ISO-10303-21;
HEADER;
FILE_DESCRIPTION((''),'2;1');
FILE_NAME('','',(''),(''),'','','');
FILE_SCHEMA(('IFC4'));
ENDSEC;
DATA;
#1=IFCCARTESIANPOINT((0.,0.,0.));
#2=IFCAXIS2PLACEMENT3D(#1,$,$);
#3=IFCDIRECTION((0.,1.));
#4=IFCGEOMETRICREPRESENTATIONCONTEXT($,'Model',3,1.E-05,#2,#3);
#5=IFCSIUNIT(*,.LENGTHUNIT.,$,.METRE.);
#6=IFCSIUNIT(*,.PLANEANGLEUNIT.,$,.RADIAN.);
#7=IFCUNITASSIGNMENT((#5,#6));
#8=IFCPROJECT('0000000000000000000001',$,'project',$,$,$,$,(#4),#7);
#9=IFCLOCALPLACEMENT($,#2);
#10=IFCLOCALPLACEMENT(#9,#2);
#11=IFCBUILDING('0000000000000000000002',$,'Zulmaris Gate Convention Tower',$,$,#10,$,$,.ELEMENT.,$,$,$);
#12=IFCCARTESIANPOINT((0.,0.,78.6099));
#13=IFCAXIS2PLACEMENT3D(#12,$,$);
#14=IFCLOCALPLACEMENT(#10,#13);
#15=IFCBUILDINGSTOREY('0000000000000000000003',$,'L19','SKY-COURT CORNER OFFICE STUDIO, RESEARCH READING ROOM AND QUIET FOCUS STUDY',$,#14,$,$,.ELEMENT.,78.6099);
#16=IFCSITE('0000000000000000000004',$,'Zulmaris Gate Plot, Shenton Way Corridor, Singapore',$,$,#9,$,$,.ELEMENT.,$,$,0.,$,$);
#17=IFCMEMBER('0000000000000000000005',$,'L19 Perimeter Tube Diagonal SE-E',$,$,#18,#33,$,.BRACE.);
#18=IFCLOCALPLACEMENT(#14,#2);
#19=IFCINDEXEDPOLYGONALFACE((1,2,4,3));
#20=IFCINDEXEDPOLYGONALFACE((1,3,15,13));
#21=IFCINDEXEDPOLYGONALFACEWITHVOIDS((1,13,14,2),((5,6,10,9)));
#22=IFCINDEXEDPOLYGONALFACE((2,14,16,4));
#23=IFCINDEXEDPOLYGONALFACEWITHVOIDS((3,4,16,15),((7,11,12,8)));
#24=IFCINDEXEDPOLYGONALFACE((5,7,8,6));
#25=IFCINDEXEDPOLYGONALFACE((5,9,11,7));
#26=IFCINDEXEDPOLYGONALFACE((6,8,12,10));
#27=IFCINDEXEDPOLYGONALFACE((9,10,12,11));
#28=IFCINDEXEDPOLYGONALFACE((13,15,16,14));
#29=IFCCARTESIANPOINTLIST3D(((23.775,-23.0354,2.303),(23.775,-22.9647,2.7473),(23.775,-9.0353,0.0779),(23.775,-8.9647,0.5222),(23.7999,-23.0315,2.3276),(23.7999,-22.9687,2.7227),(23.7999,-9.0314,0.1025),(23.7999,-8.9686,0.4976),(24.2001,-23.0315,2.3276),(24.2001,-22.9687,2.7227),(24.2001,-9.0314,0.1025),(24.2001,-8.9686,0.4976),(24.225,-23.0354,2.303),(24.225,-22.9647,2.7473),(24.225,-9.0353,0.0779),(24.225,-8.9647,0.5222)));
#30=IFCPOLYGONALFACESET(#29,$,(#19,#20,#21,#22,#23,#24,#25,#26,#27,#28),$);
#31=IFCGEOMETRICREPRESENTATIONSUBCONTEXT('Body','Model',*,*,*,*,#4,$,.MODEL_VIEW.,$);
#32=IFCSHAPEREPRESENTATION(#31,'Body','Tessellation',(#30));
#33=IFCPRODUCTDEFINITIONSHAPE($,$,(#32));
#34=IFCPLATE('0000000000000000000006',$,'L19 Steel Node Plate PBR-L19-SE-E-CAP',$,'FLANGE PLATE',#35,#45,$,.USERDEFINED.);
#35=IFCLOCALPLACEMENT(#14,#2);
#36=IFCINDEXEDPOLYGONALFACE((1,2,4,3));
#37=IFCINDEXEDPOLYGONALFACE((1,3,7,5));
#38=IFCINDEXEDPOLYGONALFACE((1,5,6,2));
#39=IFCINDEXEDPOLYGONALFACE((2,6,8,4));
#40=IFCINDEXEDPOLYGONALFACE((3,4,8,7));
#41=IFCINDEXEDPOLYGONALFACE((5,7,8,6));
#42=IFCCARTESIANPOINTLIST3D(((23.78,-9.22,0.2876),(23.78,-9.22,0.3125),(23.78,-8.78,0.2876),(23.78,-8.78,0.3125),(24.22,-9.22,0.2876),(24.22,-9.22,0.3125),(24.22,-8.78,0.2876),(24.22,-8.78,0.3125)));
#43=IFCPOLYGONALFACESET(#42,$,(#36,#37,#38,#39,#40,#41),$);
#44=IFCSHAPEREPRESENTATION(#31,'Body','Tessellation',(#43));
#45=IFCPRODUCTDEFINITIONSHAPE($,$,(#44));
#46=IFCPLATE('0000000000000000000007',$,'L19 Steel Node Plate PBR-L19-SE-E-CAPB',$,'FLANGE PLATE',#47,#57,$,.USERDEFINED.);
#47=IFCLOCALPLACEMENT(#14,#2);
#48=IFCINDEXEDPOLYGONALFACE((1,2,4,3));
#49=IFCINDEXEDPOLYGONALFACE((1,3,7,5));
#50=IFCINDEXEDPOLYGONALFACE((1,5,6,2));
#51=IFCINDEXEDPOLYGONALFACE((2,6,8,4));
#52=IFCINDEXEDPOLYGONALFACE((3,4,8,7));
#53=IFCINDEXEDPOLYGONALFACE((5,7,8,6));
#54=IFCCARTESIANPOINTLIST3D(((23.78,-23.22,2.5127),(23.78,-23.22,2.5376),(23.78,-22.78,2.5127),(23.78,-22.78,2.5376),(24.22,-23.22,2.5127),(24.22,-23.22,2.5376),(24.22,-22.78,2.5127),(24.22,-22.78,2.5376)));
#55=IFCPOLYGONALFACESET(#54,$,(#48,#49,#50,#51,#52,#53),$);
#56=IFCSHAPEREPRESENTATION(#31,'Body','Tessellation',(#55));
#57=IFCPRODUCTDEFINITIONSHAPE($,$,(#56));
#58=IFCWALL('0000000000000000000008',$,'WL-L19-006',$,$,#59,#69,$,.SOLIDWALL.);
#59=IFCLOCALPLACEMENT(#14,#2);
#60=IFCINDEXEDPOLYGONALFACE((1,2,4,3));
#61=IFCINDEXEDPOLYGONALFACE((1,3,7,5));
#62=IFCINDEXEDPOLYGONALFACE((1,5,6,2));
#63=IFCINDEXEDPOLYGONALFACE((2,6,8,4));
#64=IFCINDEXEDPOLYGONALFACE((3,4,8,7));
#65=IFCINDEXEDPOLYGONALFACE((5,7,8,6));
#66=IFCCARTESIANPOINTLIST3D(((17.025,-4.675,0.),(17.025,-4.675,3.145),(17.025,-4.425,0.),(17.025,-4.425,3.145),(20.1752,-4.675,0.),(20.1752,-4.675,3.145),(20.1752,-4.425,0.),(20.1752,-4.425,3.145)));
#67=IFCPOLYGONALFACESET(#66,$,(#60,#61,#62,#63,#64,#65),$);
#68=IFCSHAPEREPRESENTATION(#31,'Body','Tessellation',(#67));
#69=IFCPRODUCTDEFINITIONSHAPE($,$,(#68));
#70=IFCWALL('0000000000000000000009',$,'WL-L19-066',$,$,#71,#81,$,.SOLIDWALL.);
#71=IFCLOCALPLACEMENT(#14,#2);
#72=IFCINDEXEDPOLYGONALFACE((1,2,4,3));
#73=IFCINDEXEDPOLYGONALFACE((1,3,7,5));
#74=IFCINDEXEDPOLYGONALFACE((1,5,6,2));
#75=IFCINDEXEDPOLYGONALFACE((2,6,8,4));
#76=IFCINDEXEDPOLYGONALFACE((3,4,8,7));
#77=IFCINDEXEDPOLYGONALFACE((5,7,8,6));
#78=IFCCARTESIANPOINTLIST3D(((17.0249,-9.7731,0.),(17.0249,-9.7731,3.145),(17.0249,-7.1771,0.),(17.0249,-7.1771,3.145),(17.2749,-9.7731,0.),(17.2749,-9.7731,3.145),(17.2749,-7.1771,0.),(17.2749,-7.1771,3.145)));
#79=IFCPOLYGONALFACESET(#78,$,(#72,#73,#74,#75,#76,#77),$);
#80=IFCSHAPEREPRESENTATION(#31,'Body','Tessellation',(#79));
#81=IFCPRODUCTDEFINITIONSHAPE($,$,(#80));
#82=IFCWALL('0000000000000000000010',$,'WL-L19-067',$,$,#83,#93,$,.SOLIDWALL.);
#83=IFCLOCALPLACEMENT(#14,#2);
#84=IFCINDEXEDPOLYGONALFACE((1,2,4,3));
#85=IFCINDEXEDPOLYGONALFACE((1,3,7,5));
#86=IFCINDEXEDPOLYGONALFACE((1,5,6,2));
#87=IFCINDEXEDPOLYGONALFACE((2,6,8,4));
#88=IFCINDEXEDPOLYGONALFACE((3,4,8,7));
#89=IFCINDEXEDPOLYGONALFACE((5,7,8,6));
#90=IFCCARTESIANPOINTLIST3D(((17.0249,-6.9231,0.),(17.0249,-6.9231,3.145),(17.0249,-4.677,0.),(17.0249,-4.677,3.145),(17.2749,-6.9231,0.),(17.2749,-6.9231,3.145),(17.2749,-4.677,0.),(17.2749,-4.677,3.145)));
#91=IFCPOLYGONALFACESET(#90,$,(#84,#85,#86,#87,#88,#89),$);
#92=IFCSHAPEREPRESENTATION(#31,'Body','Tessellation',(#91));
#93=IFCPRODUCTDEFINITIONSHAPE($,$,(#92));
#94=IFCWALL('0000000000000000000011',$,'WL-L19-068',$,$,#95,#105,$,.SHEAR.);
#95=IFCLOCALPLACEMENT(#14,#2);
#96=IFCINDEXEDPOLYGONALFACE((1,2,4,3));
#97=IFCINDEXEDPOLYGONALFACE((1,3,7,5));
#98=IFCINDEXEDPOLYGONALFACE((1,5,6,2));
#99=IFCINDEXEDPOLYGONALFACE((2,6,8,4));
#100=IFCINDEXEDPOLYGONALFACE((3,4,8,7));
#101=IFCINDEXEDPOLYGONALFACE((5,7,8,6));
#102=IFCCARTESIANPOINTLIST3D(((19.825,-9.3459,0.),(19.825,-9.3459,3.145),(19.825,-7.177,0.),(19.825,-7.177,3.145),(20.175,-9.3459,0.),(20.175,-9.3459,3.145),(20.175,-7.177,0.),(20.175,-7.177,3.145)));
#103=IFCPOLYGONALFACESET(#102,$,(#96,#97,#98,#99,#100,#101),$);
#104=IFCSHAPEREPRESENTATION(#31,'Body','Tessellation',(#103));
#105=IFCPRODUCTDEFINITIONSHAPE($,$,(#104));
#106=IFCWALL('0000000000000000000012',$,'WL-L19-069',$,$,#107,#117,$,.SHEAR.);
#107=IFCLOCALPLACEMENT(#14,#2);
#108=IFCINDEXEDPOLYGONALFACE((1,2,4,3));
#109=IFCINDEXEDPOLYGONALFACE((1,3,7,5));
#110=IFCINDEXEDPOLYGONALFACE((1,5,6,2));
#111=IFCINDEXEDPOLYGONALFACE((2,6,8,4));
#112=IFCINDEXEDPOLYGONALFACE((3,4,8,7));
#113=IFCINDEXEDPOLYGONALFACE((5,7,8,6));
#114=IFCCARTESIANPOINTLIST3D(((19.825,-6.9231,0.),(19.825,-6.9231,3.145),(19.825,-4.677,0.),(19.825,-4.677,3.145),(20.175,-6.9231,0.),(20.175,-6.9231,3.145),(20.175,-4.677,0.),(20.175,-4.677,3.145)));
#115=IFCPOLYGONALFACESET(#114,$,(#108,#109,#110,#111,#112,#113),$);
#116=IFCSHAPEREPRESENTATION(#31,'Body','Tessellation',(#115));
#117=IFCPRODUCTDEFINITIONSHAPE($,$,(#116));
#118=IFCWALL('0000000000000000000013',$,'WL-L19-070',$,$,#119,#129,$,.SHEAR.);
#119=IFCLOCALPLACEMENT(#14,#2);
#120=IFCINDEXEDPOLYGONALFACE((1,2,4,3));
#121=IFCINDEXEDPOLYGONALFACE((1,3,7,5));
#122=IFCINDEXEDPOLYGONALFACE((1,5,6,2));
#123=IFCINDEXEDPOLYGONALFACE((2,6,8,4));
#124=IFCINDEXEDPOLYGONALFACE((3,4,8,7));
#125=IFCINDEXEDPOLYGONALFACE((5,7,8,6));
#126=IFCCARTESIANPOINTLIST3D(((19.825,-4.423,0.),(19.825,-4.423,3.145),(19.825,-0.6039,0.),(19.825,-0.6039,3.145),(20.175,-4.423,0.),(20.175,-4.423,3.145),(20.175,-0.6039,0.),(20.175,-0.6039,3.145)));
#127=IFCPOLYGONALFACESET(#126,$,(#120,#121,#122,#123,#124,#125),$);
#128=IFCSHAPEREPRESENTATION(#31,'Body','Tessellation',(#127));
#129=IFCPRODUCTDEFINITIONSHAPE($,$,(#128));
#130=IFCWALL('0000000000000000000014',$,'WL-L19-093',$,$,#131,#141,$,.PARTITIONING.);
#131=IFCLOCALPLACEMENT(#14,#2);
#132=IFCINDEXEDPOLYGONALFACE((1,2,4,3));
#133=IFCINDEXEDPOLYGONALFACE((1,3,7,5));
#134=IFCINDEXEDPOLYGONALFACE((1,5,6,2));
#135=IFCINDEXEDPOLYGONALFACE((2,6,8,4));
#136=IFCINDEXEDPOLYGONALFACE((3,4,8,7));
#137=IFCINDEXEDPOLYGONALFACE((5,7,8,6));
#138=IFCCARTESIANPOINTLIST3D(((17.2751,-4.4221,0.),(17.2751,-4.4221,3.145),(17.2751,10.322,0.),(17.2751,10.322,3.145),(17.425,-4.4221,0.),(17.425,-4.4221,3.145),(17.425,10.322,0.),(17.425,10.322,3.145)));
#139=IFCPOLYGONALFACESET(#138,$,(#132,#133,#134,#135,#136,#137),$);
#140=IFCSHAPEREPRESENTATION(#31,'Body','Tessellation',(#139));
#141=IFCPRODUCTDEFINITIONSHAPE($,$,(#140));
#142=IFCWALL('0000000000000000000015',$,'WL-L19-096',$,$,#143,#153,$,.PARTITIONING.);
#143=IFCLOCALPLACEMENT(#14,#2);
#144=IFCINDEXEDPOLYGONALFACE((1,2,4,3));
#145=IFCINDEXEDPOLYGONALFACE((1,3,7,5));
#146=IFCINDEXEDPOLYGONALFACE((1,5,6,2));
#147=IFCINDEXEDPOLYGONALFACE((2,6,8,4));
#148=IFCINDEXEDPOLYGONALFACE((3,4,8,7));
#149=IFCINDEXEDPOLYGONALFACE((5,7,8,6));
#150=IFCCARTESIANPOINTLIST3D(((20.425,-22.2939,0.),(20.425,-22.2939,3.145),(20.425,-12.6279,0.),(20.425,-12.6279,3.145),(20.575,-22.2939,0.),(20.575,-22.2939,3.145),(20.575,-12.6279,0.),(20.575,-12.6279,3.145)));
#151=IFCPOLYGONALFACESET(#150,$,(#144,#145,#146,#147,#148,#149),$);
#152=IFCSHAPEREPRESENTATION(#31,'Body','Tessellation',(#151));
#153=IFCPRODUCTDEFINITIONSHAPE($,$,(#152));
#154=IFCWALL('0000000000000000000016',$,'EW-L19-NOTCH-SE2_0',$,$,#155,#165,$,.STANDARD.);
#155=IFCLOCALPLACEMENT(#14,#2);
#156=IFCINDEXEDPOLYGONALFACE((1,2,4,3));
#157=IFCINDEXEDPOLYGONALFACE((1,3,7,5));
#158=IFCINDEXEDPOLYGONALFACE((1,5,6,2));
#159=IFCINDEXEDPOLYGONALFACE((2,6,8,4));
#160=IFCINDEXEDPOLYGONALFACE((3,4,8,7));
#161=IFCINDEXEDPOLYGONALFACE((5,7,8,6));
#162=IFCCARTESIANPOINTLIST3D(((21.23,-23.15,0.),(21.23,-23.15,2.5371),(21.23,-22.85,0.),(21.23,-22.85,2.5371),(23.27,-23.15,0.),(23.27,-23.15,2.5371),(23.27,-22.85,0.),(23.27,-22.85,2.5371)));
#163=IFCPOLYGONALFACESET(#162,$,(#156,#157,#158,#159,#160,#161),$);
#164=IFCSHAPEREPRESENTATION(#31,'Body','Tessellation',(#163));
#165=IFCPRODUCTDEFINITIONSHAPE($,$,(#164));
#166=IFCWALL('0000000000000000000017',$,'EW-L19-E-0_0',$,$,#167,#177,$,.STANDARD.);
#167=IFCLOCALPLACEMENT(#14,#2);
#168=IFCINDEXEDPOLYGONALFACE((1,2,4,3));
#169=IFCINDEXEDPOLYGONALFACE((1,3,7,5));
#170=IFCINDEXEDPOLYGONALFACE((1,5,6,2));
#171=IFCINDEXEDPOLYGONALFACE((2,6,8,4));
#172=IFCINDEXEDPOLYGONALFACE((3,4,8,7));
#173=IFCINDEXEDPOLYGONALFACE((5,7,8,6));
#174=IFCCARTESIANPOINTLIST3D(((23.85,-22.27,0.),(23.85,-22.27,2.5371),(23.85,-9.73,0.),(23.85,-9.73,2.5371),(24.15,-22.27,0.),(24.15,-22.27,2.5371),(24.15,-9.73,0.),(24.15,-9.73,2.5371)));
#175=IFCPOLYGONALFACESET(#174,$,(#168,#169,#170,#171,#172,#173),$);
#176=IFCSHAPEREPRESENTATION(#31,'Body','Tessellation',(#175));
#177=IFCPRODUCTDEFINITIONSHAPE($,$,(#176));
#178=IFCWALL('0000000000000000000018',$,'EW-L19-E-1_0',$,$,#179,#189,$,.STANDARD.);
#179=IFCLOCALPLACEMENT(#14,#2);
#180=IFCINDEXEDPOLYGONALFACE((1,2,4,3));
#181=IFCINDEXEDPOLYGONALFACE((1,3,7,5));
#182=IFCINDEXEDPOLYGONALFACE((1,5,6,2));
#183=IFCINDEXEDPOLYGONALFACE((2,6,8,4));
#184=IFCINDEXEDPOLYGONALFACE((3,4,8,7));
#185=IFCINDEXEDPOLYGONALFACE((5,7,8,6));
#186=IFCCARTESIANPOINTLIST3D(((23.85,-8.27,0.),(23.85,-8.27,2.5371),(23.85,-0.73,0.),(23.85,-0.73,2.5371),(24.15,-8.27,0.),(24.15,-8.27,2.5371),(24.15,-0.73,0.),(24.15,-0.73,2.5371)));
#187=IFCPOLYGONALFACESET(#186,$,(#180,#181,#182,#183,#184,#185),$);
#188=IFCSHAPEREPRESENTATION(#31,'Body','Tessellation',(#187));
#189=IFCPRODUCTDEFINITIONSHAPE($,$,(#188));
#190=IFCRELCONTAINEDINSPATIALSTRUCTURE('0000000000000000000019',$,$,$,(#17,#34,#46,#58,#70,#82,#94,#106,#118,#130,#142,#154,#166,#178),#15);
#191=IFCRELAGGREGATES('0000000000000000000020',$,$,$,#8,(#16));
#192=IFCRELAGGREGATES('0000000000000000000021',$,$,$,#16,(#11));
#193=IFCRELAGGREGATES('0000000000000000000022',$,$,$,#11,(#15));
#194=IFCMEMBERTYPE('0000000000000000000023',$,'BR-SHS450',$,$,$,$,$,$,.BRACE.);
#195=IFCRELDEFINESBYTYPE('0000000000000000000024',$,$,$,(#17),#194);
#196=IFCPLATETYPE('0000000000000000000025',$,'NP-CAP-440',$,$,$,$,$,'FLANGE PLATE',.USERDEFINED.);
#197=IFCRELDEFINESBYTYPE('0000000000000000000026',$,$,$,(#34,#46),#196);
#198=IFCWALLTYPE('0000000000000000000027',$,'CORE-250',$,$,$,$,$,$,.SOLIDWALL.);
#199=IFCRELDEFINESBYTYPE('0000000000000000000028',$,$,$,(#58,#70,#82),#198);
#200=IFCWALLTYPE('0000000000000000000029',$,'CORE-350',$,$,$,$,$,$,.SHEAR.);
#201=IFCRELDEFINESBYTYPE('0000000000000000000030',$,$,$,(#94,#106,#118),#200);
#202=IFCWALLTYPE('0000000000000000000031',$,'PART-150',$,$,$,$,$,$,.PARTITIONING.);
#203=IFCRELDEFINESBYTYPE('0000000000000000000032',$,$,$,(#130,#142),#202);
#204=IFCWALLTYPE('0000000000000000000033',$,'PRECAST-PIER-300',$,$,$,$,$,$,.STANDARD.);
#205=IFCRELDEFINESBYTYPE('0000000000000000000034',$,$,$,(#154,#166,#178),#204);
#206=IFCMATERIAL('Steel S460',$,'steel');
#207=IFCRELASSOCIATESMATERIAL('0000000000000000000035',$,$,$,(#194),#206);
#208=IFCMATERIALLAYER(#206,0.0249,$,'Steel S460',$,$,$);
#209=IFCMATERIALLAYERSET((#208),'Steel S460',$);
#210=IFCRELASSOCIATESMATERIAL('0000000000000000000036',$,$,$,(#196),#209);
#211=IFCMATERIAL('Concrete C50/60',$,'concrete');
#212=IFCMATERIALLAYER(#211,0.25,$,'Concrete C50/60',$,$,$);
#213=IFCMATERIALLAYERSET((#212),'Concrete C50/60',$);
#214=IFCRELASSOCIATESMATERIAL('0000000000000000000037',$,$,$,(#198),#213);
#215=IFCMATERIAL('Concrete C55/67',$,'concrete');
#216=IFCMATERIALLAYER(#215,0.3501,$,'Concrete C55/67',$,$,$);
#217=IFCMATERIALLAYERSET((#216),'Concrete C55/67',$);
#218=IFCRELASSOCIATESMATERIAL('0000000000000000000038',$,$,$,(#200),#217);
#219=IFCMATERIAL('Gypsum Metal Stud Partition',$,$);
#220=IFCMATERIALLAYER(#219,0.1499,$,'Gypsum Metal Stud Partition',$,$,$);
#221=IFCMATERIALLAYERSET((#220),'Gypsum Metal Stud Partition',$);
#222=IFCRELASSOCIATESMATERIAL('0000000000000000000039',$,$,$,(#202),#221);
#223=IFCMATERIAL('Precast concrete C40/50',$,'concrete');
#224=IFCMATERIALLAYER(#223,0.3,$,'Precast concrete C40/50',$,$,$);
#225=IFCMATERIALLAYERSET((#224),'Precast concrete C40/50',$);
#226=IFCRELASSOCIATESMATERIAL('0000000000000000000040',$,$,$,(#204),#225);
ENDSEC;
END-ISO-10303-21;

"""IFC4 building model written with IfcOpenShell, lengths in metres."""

from ifc_helpers import new_model, si_unit, direction, frame, frame_2d, origin, origin_2d, place, context, subcontext, project, spatial, rectangle, hollow_rectangle, extrude, material, layer, layer_set, material_profile, profile_set, type_object, element, save


model = new_model("IFC4")

# Units and contexts
model_context = context("Model", 3, precision=1e-05, world=origin(), true_north=direction((0.0, 1.0)))
body_context = subcontext(model_context, "Body", "Model", "MODEL_VIEW")
ifc_project = project(units=[si_unit("LENGTHUNIT", "METRE"), si_unit("PLANEANGLEUNIT", "RADIAN")], contexts=[model_context])

# Site, building, storey
site_placement = place(None, origin())
site = spatial("IfcSite", under=ifc_project, at=site_placement, Name="Zulmaris Gate Plot, Shenton Way Corridor, Singapore", CompositionType="ELEMENT", RefElevation=0.0)
building_placement = place(site_placement, origin())
building = spatial("IfcBuilding", under=site, at=building_placement, Name="Zulmaris Gate Convention Tower", CompositionType="ELEMENT")
storey_placement = place(building_placement, frame((0.0, 0.0, 78.6099)))
storey = spatial("IfcBuildingStorey", under=building, at=storey_placement, Name="L19", Description="SKY-COURT CORNER OFFICE STUDIO, RESEARCH READING ROOM AND QUIET FOCUS STUDY", CompositionType="ELEMENT", Elevation=78.6099)

# Member
ifc_material_1 = material(Name="Steel S460", Category="steel")
ifc_material_profile_1 = material_profile(ifc_material_1, hollow_rectangle(XDim=0.45, YDim=0.45, WallThickness=0.0249, at=origin_2d()), Name="SHS 450x450x25")
ifc_profile_set_1 = profile_set([ifc_material_profile_1], Name="Steel S460")
member_type = type_object("IfcMemberType", Name="BR-SHS450", PredefinedType="BRACE", material=ifc_profile_set_1)
member_placement = place(storey_placement, frame((24.0, -9.0, 0.3), z_axis=(0.0, -0.987604, 0.156965), x_axis=(1.0, 0.0, 0.0)))
element("IfcMember", 1, at=member_placement, inside=storey, type_object=member_type, Name="L19 Perimeter Tube Diagonal SE-E", PredefinedType="BRACE", context=body_context, shape_type="SweptSolid", body=[
    extrude(hollow_rectangle(XDim=0.45, YDim=0.45, WallThickness=0.0249, at=origin_2d()), origin(), (0.0, 0.0, 1.0), 14.1758),
])

# Plates
ifc_layer_1 = layer(ifc_material_1, 0.0249, Name="Steel S460")
ifc_layer_set_1 = layer_set([ifc_layer_1], Name="Steel S460")
plate_type = type_object("IfcPlateType", Name="NP-CAP-440", ElementType="FLANGE PLATE", PredefinedType="USERDEFINED", material=ifc_layer_set_1)
for number, where, z_axis, x_axis, name in (
    (2, (24.0, -9.0, 0.2876), (0.0, 0.0, 1.0), (1.0, 0.0, 0.0), "L19 Steel Node Plate PBR-L19-SE-E-CAP"),
    (3, (24.0, -23.0, 2.5127), (0.0, 0.0, 1.0), (1.0, 0.0, 0.0), "L19 Steel Node Plate PBR-L19-SE-E-CAPB"),
):
    element("IfcPlate", number, at=place(storey_placement, frame(where, z_axis=z_axis, x_axis=x_axis)), inside=storey, type_object=plate_type, Name=name, ObjectType="FLANGE PLATE", PredefinedType="USERDEFINED", context=body_context, shape_type="SweptSolid", body=[
        extrude(rectangle(XDim=0.4399, YDim=0.4399, at=origin_2d()), origin(), (0.0, 0.0, 1.0), 0.0249),
    ])

# Walls
ifc_material_2 = material(Name="Concrete C50/60", Category="concrete")
ifc_layer_2 = layer(ifc_material_2, 0.25, Name="Concrete C50/60")
ifc_layer_set_2 = layer_set([ifc_layer_2], Name="Concrete C50/60")
wall_type_1 = type_object("IfcWallType", Name="CORE-250", PredefinedType="SOLIDWALL", material=ifc_layer_set_2)
wall_1_placement = place(storey_placement, frame((17.0249, -4.55, 0.0), z_axis=(0.0, 0.0, 1.0), x_axis=(1.0, 0.0, 0.0)))
element("IfcWall", 4, at=wall_1_placement, inside=storey, type_object=wall_type_1, Name="WL-L19-006", PredefinedType="SOLIDWALL", context=body_context, shape_type="SweptSolid", body=[
    extrude(rectangle(XDim=3.1501, YDim=0.25, at=frame_2d((1.5752, 0.0))), origin(), (0.0, 0.0, 1.0), 3.145),
])
wall_2_placement = place(storey_placement, frame((17.1499, -9.7729, 0.0), z_axis=(0.0, 0.0, 1.0), x_axis=(0.0, 1.0, 0.0)))
element("IfcWall", 5, at=wall_2_placement, inside=storey, type_object=wall_type_1, Name="WL-L19-066", PredefinedType="SOLIDWALL", context=body_context, shape_type="SweptSolid", body=[
    extrude(rectangle(XDim=2.5959, YDim=0.25, at=frame_2d((1.2979, 0.0))), origin(), (0.0, 0.0, 1.0), 3.145),
])
wall_3_placement = place(storey_placement, frame((17.1499, -6.9231, 0.0), z_axis=(0.0, 0.0, 1.0), x_axis=(0.0, 1.0, 0.0)))
element("IfcWall", 6, at=wall_3_placement, inside=storey, type_object=wall_type_1, Name="WL-L19-067", PredefinedType="SOLIDWALL", context=body_context, shape_type="SweptSolid", body=[
    extrude(rectangle(XDim=2.2461, YDim=0.25, at=frame_2d((1.123, 0.0))), origin(), (0.0, 0.0, 1.0), 3.145),
])
ifc_material_3 = material(Name="Concrete C55/67", Category="concrete")
ifc_layer_3 = layer(ifc_material_3, 0.3501, Name="Concrete C55/67")
ifc_layer_set_3 = layer_set([ifc_layer_3], Name="Concrete C55/67")
wall_type_2 = type_object("IfcWallType", Name="CORE-350", PredefinedType="SHEAR", material=ifc_layer_set_3)
wall_4_placement = place(storey_placement, frame((20.0, -9.3459, 0.0), z_axis=(0.0, 0.0, 1.0), x_axis=(0.0, 1.0, 0.0)))
element("IfcWall", 7, at=wall_4_placement, inside=storey, type_object=wall_type_2, Name="WL-L19-068", PredefinedType="SHEAR", context=body_context, shape_type="SweptSolid", body=[
    extrude(rectangle(XDim=2.1689, YDim=0.3501, at=frame_2d((1.0845, 0.0))), origin(), (0.0, 0.0, 1.0), 3.145),
])
wall_5_placement = place(storey_placement, frame((20.0, -6.9231, 0.0), z_axis=(0.0, 0.0, 1.0), x_axis=(0.0, 1.0, 0.0)))
element("IfcWall", 8, at=wall_5_placement, inside=storey, type_object=wall_type_2, Name="WL-L19-069", PredefinedType="SHEAR", context=body_context, shape_type="SweptSolid", body=[
    extrude(rectangle(XDim=2.2461, YDim=0.3501, at=frame_2d((1.123, 0.0))), origin(), (0.0, 0.0, 1.0), 3.145),
])
wall_6_placement = place(storey_placement, frame((20.0, -4.4231, 0.0), z_axis=(0.0, 0.0, 1.0), x_axis=(0.0, 1.0, 0.0)))
element("IfcWall", 9, at=wall_6_placement, inside=storey, type_object=wall_type_2, Name="WL-L19-070", PredefinedType="SHEAR", context=body_context, shape_type="SweptSolid", body=[
    extrude(rectangle(XDim=3.8191, YDim=0.3501, at=frame_2d((1.9097, 0.0))), origin(), (0.0, 0.0, 1.0), 3.145),
])

# Shared definitions
ifc_material_4 = material(Name="Gypsum Metal Stud Partition")
ifc_layer_4 = layer(ifc_material_4, 0.1499, Name="Gypsum Metal Stud Partition")
ifc_layer_set_4 = layer_set([ifc_layer_4], Name="Gypsum Metal Stud Partition")
wall_type_3 = type_object("IfcWallType", Name="PART-150", PredefinedType="PARTITIONING", material=ifc_layer_set_4)

# Wall
wall_7_placement = place(storey_placement, frame((17.3501, -4.4221, 0.0), z_axis=(0.0, 0.0, 1.0), x_axis=(0.0, 1.0, 0.0)))
element("IfcWall", 10, at=wall_7_placement, inside=storey, type_object=wall_type_3, Name="WL-L19-093", PredefinedType="PARTITIONING", context=body_context, shape_type="SweptSolid", body=[
    extrude(rectangle(XDim=14.7441, YDim=0.1499, at=frame_2d((7.3721, 0.0))), origin(), (0.0, 0.0, 1.0), 3.145),
])

# Walls
wall_8_placement = place(storey_placement, frame((20.5, -22.2939, 0.0), z_axis=(0.0, 0.0, 1.0), x_axis=(0.0, 1.0, 0.0)))
element("IfcWall", 11, at=wall_8_placement, inside=storey, type_object=wall_type_3, Name="WL-L19-096", PredefinedType="PARTITIONING", context=body_context, shape_type="SweptSolid", body=[
    extrude(rectangle(XDim=9.666, YDim=0.1499, at=frame_2d((4.833, 0.0))), origin(), (0.0, 0.0, 1.0), 3.145),
])
ifc_material_5 = material(Name="Precast concrete C40/50", Category="concrete")
ifc_layer_5 = layer(ifc_material_5, 0.3, Name="Precast concrete C40/50")
ifc_layer_set_5 = layer_set([ifc_layer_5], Name="Precast concrete C40/50")
wall_type_4 = type_object("IfcWallType", Name="PRECAST-PIER-300", PredefinedType="STANDARD", material=ifc_layer_set_5)
wall_9_placement = place(storey_placement, frame((21.23, -23.0, 0.0), z_axis=(0.0, 0.0, 1.0), x_axis=(1.0, 0.0, 0.0)))
element("IfcWall", 12, at=wall_9_placement, inside=storey, type_object=wall_type_4, Name="EW-L19-NOTCH-SE2_0", PredefinedType="STANDARD", context=body_context, shape_type="SweptSolid", body=[
    extrude(rectangle(XDim=2.04, YDim=0.3, at=frame_2d((1.02, 0.0))), origin(), (0.0, 0.0, 1.0), 2.5371),
])
wall_10_placement = place(storey_placement, frame((24.0, -22.27, 0.0), z_axis=(0.0, 0.0, 1.0), x_axis=(0.0, 1.0, 0.0)))
element("IfcWall", 13, at=wall_10_placement, inside=storey, type_object=wall_type_4, Name="EW-L19-E-0_0", PredefinedType="STANDARD", context=body_context, shape_type="SweptSolid", body=[
    extrude(rectangle(XDim=12.54, YDim=0.3, at=frame_2d((6.27, 0.0))), origin(), (0.0, 0.0, 1.0), 2.5371),
])
wall_11_placement = place(storey_placement, frame((24.0, -8.27, 0.0), z_axis=(0.0, 0.0, 1.0), x_axis=(0.0, 1.0, 0.0)))
element("IfcWall", 14, at=wall_11_placement, inside=storey, type_object=wall_type_4, Name="EW-L19-E-1_0", PredefinedType="STANDARD", context=body_context, shape_type="SweptSolid", body=[
    extrude(rectangle(XDim=7.54, YDim=0.3, at=frame_2d((3.77, 0.0))), origin(), (0.0, 0.0, 1.0), 2.5371),
])

save(model, "model.ifc")
